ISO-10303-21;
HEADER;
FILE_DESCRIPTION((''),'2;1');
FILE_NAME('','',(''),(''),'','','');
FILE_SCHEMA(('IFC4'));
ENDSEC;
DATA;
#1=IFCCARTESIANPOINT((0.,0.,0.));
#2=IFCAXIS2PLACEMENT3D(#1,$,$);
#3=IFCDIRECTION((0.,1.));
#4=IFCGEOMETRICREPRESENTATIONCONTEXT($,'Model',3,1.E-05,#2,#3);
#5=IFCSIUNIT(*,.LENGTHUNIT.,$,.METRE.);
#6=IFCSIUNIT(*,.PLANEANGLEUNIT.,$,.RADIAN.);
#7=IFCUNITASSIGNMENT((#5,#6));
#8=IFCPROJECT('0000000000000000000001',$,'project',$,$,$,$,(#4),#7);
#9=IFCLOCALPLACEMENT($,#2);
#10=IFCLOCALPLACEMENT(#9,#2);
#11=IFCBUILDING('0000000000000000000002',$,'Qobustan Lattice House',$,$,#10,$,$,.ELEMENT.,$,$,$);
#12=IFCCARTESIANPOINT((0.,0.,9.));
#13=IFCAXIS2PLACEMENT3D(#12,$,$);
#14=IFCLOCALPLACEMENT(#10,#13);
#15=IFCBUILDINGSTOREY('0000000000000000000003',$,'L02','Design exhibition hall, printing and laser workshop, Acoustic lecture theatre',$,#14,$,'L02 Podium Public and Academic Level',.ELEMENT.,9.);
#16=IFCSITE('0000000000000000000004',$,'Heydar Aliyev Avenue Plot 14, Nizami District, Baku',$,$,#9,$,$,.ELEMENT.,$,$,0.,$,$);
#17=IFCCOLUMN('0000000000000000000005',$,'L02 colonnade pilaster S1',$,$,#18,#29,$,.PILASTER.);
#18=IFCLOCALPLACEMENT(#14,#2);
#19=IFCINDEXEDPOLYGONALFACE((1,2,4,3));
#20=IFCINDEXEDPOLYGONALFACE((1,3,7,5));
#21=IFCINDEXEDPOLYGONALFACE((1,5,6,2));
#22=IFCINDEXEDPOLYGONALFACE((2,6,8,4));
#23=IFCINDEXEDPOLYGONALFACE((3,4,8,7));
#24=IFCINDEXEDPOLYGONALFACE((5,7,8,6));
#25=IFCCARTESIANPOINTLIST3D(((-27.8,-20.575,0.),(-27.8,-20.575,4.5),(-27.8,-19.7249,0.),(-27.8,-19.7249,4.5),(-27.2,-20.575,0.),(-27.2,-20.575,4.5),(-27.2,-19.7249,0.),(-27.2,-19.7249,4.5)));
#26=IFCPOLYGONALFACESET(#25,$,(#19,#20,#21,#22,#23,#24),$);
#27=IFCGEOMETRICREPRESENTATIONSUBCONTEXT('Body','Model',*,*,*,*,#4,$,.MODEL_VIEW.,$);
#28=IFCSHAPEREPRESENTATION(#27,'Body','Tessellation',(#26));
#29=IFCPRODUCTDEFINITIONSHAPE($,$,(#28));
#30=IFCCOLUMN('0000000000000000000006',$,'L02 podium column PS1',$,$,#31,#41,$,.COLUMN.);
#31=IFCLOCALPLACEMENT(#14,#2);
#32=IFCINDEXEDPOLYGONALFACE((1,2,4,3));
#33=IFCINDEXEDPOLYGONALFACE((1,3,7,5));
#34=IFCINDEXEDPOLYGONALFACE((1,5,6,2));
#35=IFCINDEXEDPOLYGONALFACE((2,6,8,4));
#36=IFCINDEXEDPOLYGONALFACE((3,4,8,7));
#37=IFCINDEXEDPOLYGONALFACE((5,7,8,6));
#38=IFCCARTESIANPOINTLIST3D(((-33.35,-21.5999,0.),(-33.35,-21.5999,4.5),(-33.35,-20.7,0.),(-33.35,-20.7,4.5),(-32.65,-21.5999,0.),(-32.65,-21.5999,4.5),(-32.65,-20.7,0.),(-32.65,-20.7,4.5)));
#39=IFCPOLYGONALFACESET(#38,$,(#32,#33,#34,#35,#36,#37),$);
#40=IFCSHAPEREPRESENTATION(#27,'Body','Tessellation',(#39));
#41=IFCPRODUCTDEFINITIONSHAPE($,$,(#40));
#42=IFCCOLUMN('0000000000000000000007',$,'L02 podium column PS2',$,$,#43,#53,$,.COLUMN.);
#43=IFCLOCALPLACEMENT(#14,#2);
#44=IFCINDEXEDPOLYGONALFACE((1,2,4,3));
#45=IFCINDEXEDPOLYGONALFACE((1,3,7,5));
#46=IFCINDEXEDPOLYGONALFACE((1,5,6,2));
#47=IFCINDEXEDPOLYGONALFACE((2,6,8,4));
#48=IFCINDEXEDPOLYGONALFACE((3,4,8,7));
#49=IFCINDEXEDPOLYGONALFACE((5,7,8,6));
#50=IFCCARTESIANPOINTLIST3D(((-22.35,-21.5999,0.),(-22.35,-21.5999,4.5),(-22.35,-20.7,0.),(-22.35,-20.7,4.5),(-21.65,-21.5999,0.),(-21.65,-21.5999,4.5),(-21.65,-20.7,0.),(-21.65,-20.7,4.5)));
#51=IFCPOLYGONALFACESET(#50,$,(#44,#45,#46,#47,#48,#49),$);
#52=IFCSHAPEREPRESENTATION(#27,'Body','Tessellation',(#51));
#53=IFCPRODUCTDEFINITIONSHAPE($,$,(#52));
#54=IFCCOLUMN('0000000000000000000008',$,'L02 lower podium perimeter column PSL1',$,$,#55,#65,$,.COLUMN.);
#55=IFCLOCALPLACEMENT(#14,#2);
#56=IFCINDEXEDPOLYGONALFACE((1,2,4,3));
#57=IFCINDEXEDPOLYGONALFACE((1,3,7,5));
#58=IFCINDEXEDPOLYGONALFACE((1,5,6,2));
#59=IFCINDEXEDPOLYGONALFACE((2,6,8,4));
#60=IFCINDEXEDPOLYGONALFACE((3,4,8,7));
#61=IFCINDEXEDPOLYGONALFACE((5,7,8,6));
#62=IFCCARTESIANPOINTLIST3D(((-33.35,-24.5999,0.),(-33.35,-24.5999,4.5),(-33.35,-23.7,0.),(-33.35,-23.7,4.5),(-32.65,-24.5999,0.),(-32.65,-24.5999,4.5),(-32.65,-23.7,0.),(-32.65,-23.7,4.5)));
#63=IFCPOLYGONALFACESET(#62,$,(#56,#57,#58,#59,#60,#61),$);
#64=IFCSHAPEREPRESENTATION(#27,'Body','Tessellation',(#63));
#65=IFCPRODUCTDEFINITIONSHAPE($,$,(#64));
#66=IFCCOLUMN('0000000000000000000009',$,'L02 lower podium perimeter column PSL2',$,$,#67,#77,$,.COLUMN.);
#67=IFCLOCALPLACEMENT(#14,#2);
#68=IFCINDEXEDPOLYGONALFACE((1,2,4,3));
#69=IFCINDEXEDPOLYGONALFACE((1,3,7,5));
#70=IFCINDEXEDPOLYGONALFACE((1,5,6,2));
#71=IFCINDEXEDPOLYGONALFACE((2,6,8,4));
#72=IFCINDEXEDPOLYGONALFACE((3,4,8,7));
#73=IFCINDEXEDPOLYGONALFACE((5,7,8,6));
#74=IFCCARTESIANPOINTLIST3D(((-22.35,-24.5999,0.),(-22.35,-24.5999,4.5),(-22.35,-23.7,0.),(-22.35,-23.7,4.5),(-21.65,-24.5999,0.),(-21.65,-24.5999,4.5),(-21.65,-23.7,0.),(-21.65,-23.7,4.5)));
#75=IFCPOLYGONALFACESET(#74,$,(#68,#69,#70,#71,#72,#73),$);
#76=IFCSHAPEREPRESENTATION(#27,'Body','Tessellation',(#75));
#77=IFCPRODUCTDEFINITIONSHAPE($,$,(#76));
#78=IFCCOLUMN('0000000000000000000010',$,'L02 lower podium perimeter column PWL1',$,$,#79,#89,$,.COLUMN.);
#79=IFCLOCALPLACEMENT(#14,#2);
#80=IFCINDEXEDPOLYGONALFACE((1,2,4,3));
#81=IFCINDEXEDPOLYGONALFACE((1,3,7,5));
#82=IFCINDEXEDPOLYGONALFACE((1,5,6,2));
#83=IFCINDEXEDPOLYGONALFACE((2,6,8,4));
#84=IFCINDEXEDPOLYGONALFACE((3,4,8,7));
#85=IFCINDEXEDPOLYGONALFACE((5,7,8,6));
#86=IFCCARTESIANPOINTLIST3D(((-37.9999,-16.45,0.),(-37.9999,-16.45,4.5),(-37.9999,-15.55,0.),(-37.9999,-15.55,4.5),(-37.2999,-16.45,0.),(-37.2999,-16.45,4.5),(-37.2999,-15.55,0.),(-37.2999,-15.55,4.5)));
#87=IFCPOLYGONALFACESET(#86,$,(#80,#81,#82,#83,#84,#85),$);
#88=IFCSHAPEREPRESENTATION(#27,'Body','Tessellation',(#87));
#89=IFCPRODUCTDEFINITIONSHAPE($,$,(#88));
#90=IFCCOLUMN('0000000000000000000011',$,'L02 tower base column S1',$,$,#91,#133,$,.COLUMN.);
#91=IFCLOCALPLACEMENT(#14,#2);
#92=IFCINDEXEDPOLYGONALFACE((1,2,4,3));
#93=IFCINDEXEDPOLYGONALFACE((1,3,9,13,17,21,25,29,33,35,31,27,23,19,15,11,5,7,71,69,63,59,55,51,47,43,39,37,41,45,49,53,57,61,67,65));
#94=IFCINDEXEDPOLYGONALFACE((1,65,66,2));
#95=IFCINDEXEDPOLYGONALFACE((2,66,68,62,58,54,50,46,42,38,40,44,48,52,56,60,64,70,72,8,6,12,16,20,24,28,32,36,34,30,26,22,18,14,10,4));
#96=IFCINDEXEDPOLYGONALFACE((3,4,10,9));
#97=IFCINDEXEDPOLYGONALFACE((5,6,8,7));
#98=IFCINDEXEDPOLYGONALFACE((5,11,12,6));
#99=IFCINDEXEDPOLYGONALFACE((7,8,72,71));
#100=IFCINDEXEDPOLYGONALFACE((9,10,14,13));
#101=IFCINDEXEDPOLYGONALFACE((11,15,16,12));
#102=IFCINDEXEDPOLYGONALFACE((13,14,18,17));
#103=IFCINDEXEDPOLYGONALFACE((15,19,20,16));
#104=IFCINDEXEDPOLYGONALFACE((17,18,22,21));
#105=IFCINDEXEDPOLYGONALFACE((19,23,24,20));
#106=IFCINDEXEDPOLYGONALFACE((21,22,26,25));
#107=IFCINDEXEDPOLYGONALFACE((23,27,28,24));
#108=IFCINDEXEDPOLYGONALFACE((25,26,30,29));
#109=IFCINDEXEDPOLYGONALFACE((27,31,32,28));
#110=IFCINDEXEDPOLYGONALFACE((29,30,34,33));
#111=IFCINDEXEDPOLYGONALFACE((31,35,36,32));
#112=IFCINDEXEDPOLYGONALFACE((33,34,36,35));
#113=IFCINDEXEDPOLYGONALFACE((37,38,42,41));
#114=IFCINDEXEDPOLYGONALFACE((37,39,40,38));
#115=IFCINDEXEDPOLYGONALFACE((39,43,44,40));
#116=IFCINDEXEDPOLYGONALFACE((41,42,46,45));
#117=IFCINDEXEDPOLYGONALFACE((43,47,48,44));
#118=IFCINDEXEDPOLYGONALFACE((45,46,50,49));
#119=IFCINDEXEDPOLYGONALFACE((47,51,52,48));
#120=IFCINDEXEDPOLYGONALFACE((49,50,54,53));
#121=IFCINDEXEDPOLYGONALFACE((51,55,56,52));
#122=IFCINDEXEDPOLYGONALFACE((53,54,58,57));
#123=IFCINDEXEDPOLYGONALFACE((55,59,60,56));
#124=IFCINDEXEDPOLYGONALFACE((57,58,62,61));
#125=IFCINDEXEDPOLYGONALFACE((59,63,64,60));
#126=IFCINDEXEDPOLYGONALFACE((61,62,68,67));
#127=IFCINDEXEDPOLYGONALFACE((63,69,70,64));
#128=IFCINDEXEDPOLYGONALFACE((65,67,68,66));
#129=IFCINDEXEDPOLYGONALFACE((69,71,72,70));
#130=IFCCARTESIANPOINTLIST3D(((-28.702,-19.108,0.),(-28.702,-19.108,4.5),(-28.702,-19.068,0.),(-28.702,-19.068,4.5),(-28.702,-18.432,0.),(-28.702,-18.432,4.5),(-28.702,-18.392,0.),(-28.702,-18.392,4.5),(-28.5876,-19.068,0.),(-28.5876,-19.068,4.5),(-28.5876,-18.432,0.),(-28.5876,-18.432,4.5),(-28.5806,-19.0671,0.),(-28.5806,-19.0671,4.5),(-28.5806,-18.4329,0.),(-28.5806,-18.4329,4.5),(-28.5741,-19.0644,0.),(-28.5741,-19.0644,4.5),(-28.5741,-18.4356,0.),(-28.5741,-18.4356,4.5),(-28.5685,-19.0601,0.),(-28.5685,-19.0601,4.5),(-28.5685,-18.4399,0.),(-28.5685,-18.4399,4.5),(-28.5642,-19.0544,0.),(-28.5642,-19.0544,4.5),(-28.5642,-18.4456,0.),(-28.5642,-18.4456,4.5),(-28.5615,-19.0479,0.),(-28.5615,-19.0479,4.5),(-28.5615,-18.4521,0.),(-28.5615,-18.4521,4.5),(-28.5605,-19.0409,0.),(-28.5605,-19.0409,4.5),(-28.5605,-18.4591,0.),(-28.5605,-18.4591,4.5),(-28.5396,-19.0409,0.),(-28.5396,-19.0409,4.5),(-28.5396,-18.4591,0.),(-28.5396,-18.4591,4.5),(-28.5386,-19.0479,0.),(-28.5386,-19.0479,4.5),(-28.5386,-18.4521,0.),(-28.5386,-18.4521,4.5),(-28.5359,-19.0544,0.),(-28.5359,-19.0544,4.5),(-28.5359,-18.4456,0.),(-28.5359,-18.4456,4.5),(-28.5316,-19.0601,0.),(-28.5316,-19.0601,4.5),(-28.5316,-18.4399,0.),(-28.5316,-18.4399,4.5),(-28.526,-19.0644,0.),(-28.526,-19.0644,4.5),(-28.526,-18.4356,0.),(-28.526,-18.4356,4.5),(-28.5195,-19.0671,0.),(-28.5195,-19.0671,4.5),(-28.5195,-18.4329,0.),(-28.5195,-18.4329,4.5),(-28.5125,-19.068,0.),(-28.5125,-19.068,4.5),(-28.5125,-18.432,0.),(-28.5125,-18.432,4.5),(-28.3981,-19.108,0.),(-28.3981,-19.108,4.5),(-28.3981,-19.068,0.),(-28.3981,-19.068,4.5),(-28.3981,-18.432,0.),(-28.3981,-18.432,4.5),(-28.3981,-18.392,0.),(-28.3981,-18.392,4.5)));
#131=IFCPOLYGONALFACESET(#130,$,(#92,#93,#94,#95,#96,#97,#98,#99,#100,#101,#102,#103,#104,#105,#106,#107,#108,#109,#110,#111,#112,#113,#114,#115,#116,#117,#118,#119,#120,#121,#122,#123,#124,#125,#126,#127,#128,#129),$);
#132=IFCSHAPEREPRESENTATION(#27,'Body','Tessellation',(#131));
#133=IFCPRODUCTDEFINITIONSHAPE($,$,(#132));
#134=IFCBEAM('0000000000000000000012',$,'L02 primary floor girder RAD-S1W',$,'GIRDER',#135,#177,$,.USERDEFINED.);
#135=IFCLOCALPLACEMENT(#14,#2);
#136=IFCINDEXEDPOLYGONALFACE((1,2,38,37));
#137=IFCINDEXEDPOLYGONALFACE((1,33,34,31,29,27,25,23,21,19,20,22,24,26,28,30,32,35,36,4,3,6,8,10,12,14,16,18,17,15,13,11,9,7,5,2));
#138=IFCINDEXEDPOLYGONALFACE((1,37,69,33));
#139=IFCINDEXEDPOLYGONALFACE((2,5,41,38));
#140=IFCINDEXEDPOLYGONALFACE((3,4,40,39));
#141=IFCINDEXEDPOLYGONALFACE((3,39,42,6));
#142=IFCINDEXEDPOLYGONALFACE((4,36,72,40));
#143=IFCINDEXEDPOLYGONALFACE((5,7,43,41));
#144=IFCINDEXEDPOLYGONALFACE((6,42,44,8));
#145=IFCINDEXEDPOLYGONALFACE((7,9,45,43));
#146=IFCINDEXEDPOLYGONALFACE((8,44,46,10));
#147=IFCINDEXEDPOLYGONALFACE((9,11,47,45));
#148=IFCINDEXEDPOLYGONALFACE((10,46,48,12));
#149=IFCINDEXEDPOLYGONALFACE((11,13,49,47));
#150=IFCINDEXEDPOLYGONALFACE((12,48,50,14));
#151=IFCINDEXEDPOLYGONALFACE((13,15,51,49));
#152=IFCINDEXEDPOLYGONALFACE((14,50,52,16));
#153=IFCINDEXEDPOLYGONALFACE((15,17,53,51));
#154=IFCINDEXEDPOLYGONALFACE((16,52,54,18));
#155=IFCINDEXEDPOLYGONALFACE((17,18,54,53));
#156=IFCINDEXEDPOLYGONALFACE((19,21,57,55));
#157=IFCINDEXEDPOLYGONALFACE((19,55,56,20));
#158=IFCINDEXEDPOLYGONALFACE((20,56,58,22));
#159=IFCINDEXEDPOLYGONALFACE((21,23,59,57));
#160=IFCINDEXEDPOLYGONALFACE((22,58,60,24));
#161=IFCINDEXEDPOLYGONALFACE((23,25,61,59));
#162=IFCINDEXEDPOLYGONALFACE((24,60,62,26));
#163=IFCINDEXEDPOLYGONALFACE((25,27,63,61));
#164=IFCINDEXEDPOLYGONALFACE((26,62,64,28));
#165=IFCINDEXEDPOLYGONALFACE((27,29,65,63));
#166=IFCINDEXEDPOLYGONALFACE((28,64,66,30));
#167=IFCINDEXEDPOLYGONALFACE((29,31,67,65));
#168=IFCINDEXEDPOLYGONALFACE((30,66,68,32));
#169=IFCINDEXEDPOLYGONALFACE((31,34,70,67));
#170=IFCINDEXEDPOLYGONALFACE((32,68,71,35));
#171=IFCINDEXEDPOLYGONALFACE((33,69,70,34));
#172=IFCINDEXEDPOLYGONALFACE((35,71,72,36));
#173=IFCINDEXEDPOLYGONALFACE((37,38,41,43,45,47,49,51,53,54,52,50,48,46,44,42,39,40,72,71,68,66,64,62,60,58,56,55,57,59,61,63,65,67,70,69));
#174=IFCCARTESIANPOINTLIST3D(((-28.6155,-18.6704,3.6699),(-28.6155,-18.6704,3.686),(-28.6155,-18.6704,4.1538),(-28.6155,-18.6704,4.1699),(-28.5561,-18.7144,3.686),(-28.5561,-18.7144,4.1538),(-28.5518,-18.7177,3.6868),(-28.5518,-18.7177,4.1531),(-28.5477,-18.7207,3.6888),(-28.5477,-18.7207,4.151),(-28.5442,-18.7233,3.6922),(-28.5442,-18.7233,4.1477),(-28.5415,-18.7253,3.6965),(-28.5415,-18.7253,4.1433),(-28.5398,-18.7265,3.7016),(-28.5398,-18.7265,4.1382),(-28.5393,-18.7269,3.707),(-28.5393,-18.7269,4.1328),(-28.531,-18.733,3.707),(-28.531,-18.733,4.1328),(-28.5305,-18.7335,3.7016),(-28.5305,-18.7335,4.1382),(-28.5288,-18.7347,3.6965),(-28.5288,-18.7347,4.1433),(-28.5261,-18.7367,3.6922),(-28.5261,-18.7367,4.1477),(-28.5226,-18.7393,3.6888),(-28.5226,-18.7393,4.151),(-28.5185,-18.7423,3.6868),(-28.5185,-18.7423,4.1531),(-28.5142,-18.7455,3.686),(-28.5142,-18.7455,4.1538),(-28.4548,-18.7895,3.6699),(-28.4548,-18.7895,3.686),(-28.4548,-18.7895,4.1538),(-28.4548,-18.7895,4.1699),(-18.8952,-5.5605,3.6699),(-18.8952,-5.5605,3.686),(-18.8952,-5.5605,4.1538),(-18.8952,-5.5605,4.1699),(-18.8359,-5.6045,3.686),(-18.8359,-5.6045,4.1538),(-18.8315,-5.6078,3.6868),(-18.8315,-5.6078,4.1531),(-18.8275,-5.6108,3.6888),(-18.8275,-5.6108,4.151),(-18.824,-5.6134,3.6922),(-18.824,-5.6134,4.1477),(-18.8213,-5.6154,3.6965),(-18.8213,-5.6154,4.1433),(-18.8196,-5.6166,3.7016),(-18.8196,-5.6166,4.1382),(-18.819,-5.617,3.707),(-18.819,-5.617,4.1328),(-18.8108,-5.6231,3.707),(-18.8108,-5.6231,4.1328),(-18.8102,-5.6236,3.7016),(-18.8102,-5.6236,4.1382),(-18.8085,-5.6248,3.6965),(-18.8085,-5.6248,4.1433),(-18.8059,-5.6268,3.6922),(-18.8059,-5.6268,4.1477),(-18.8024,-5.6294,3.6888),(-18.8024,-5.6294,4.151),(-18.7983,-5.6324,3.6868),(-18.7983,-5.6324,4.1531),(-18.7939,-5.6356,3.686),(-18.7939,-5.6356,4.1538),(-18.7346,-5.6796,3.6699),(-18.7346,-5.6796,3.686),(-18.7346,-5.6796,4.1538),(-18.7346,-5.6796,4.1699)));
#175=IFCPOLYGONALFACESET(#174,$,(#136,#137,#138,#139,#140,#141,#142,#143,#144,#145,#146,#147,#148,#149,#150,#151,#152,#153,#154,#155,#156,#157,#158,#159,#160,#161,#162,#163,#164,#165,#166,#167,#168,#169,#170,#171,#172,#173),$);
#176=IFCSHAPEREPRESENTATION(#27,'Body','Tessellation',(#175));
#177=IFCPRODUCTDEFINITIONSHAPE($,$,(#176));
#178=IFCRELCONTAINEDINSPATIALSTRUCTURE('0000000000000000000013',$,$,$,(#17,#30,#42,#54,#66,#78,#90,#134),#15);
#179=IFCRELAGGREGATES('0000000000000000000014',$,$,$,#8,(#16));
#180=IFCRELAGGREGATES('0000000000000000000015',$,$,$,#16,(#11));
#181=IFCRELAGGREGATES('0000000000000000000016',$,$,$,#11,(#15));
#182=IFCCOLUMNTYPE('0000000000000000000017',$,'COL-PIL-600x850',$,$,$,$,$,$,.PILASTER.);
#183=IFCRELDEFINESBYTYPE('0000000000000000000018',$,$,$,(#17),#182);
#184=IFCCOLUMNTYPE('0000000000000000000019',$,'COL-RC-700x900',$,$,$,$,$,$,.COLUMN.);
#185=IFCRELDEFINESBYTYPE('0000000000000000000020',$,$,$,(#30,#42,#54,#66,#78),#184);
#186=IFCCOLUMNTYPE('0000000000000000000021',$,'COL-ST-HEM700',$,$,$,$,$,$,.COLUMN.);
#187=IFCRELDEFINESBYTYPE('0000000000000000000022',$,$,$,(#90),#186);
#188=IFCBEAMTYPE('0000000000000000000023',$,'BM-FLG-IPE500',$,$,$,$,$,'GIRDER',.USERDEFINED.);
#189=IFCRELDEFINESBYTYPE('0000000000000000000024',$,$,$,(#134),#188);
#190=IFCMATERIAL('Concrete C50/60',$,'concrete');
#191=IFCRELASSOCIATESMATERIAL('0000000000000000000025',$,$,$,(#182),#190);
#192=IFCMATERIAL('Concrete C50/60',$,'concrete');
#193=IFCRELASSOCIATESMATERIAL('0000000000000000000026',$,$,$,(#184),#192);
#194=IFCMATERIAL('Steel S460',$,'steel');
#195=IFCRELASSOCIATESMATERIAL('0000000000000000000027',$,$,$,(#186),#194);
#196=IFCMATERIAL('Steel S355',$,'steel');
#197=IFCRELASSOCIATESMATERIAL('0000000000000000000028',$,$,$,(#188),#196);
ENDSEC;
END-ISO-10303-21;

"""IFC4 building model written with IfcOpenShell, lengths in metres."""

from ifc_helpers import new_model, si_unit, direction, frame, origin, origin_2d, place, context, subcontext, project, spatial, rectangle, i_section, extrude, material, material_profile, profile_set, type_object, element, save


model = new_model("IFC4")

# Units and contexts
model_context = context("Model", 3, precision=1e-05, world=origin(), true_north=direction((0.0, 1.0)))
body_context = subcontext(model_context, "Body", "Model", "MODEL_VIEW")
ifc_project = project(units=[si_unit("LENGTHUNIT", "METRE"), si_unit("PLANEANGLEUNIT", "RADIAN")], contexts=[model_context])

# Site, building, storey
site_placement = place(None, origin())
site = spatial("IfcSite", under=ifc_project, at=site_placement, Name="Heydar Aliyev Avenue Plot 14, Nizami District, Baku", CompositionType="ELEMENT", RefElevation=0.0)
building_placement = place(site_placement, origin())
building = spatial("IfcBuilding", under=site, at=building_placement, Name="Qobustan Lattice House", CompositionType="ELEMENT")
storey_placement = place(building_placement, frame((0.0, 0.0, 9.0)))
storey = spatial("IfcBuildingStorey", under=building, at=storey_placement, Name="L02", Description="Design exhibition hall, printing and laser workshop, Acoustic lecture theatre", LongName="L02 Podium Public and Academic Level", CompositionType="ELEMENT", Elevation=9.0)

# Columns
ifc_material_1 = material(Name="Concrete C50/60", Category="concrete")
ifc_material_profile_1 = material_profile(ifc_material_1, rectangle(XDim=0.6001, YDim=0.8501, at=origin_2d()), Name="RC600x850")
ifc_profile_set_1 = profile_set([ifc_material_profile_1], Name="Concrete C50/60")
column_type_1 = type_object("IfcColumnType", Name="COL-PIL-600x850", PredefinedType="PILASTER", material=ifc_profile_set_1)
column_1_placement = place(storey_placement, frame((-27.5, -20.1499, 0.0), z_axis=(0.0, 0.0, 1.0), x_axis=(1.0, 0.0, 0.0)))
element("IfcColumn", 1, at=column_1_placement, inside=storey, type_object=column_type_1, Name="L02 colonnade pilaster S1", PredefinedType="PILASTER", context=body_context, shape_type="SweptSolid", body=[
    extrude(rectangle(XDim=0.6001, YDim=0.8501, at=origin_2d()), origin(), (0.0, 0.0, 1.0), 4.5),
])
ifc_material_2 = material(Name="Concrete C50/60", Category="concrete")
ifc_material_profile_2 = material_profile(ifc_material_2, rectangle(XDim=0.7, YDim=0.8999, at=origin_2d()), Name="RC700x900")
ifc_profile_set_2 = profile_set([ifc_material_profile_2], Name="Concrete C50/60")
column_type_2 = type_object("IfcColumnType", Name="COL-RC-700x900", PredefinedType="COLUMN", material=ifc_profile_set_2)
for number, where, z_axis, x_axis, name in (
    (2, (-33.0, -21.1499, 0.0), (0.0, 0.0, 1.0), (1.0, 0.0, 0.0), "L02 podium column PS1"),
    (3, (-22.0, -21.1499, 0.0), (0.0, 0.0, 1.0), (1.0, 0.0, 0.0), "L02 podium column PS2"),
    (4, (-33.0, -24.1499, 0.0), (0.0, 0.0, 1.0), (1.0, 0.0, 0.0), "L02 lower podium perimeter column PSL1"),
    (5, (-22.0, -24.1499, 0.0), (0.0, 0.0, 1.0), (1.0, 0.0, 0.0), "L02 lower podium perimeter column PSL2"),
    (6, (-37.6499, -16.0, 0.0), (0.0, 0.0, 1.0), (1.0, 0.0, 0.0), "L02 lower podium perimeter column PWL1"),
):
    element("IfcColumn", number, at=place(storey_placement, frame(where, z_axis=z_axis, x_axis=x_axis)), inside=storey, type_object=column_type_2, Name=name, PredefinedType="COLUMN", context=body_context, shape_type="SweptSolid", body=[
        extrude(rectangle(XDim=0.7, YDim=0.8999, at=origin_2d()), origin(), (0.0, 0.0, 1.0), 4.5),
    ])
ifc_material_3 = material(Name="Steel S460", Category="steel")
ifc_material_profile_3 = material_profile(ifc_material_3, i_section(OverallWidth=0.304, OverallDepth=0.7161, WebThickness=0.021, FlangeThickness=0.04, FilletRadius=0.0271, at=origin_2d()), Name="HEM700")
ifc_profile_set_3 = profile_set([ifc_material_profile_3], Name="Steel S460")
column_type_3 = type_object("IfcColumnType", Name="COL-ST-HEM700", PredefinedType="COLUMN", material=ifc_profile_set_3)
column_2_placement = place(storey_placement, frame((-28.55, -18.75, 0.0), z_axis=(0.0, 0.0, 1.0), x_axis=(1.0, 0.0, 0.0)))
element("IfcColumn", 7, at=column_2_placement, inside=storey, type_object=column_type_3, Name="L02 tower base column S1", PredefinedType="COLUMN", context=body_context, shape_type="SweptSolid", body=[
    extrude(i_section(OverallWidth=0.304, OverallDepth=0.7161, WebThickness=0.021, FlangeThickness=0.04, FilletRadius=0.0271, at=origin_2d()), origin(), (0.0, 0.0, 1.0), 4.5),
])

# Beam
ifc_material_4 = material(Name="Steel S355", Category="steel")
ifc_material_profile_4 = material_profile(ifc_material_4, i_section(OverallWidth=0.2, OverallDepth=0.5, WebThickness=0.0103, FlangeThickness=0.0161, FilletRadius=0.021, at=origin_2d()), Name="IPE500")
ifc_profile_set_4 = profile_set([ifc_material_profile_4], Name="Steel S355")
beam_type_1 = type_object("IfcBeamType", Name="BM-FLG-IPE500", ElementType="GIRDER", PredefinedType="USERDEFINED", material=ifc_profile_set_4)
beam_1_placement = place(storey_placement, frame((-28.5352, -18.73, 3.9199), z_axis=(0.595592, 0.803287, 0.0), x_axis=(-0.803287, 0.595592, 0.0)))
element("IfcBeam", 8, at=beam_1_placement, inside=storey, type_object=beam_type_1, Name="L02 primary floor girder RAD-S1W", ObjectType="GIRDER", PredefinedType="USERDEFINED", context=body_context, shape_type="SweptSolid", body=[
    extrude(i_section(OverallWidth=0.2, OverallDepth=0.5, WebThickness=0.0103, FlangeThickness=0.0161, FilletRadius=0.021, at=origin_2d()), origin(), (0.0, 0.0, 1.0), 16.3203),
])

save(model, "model.ifc")
